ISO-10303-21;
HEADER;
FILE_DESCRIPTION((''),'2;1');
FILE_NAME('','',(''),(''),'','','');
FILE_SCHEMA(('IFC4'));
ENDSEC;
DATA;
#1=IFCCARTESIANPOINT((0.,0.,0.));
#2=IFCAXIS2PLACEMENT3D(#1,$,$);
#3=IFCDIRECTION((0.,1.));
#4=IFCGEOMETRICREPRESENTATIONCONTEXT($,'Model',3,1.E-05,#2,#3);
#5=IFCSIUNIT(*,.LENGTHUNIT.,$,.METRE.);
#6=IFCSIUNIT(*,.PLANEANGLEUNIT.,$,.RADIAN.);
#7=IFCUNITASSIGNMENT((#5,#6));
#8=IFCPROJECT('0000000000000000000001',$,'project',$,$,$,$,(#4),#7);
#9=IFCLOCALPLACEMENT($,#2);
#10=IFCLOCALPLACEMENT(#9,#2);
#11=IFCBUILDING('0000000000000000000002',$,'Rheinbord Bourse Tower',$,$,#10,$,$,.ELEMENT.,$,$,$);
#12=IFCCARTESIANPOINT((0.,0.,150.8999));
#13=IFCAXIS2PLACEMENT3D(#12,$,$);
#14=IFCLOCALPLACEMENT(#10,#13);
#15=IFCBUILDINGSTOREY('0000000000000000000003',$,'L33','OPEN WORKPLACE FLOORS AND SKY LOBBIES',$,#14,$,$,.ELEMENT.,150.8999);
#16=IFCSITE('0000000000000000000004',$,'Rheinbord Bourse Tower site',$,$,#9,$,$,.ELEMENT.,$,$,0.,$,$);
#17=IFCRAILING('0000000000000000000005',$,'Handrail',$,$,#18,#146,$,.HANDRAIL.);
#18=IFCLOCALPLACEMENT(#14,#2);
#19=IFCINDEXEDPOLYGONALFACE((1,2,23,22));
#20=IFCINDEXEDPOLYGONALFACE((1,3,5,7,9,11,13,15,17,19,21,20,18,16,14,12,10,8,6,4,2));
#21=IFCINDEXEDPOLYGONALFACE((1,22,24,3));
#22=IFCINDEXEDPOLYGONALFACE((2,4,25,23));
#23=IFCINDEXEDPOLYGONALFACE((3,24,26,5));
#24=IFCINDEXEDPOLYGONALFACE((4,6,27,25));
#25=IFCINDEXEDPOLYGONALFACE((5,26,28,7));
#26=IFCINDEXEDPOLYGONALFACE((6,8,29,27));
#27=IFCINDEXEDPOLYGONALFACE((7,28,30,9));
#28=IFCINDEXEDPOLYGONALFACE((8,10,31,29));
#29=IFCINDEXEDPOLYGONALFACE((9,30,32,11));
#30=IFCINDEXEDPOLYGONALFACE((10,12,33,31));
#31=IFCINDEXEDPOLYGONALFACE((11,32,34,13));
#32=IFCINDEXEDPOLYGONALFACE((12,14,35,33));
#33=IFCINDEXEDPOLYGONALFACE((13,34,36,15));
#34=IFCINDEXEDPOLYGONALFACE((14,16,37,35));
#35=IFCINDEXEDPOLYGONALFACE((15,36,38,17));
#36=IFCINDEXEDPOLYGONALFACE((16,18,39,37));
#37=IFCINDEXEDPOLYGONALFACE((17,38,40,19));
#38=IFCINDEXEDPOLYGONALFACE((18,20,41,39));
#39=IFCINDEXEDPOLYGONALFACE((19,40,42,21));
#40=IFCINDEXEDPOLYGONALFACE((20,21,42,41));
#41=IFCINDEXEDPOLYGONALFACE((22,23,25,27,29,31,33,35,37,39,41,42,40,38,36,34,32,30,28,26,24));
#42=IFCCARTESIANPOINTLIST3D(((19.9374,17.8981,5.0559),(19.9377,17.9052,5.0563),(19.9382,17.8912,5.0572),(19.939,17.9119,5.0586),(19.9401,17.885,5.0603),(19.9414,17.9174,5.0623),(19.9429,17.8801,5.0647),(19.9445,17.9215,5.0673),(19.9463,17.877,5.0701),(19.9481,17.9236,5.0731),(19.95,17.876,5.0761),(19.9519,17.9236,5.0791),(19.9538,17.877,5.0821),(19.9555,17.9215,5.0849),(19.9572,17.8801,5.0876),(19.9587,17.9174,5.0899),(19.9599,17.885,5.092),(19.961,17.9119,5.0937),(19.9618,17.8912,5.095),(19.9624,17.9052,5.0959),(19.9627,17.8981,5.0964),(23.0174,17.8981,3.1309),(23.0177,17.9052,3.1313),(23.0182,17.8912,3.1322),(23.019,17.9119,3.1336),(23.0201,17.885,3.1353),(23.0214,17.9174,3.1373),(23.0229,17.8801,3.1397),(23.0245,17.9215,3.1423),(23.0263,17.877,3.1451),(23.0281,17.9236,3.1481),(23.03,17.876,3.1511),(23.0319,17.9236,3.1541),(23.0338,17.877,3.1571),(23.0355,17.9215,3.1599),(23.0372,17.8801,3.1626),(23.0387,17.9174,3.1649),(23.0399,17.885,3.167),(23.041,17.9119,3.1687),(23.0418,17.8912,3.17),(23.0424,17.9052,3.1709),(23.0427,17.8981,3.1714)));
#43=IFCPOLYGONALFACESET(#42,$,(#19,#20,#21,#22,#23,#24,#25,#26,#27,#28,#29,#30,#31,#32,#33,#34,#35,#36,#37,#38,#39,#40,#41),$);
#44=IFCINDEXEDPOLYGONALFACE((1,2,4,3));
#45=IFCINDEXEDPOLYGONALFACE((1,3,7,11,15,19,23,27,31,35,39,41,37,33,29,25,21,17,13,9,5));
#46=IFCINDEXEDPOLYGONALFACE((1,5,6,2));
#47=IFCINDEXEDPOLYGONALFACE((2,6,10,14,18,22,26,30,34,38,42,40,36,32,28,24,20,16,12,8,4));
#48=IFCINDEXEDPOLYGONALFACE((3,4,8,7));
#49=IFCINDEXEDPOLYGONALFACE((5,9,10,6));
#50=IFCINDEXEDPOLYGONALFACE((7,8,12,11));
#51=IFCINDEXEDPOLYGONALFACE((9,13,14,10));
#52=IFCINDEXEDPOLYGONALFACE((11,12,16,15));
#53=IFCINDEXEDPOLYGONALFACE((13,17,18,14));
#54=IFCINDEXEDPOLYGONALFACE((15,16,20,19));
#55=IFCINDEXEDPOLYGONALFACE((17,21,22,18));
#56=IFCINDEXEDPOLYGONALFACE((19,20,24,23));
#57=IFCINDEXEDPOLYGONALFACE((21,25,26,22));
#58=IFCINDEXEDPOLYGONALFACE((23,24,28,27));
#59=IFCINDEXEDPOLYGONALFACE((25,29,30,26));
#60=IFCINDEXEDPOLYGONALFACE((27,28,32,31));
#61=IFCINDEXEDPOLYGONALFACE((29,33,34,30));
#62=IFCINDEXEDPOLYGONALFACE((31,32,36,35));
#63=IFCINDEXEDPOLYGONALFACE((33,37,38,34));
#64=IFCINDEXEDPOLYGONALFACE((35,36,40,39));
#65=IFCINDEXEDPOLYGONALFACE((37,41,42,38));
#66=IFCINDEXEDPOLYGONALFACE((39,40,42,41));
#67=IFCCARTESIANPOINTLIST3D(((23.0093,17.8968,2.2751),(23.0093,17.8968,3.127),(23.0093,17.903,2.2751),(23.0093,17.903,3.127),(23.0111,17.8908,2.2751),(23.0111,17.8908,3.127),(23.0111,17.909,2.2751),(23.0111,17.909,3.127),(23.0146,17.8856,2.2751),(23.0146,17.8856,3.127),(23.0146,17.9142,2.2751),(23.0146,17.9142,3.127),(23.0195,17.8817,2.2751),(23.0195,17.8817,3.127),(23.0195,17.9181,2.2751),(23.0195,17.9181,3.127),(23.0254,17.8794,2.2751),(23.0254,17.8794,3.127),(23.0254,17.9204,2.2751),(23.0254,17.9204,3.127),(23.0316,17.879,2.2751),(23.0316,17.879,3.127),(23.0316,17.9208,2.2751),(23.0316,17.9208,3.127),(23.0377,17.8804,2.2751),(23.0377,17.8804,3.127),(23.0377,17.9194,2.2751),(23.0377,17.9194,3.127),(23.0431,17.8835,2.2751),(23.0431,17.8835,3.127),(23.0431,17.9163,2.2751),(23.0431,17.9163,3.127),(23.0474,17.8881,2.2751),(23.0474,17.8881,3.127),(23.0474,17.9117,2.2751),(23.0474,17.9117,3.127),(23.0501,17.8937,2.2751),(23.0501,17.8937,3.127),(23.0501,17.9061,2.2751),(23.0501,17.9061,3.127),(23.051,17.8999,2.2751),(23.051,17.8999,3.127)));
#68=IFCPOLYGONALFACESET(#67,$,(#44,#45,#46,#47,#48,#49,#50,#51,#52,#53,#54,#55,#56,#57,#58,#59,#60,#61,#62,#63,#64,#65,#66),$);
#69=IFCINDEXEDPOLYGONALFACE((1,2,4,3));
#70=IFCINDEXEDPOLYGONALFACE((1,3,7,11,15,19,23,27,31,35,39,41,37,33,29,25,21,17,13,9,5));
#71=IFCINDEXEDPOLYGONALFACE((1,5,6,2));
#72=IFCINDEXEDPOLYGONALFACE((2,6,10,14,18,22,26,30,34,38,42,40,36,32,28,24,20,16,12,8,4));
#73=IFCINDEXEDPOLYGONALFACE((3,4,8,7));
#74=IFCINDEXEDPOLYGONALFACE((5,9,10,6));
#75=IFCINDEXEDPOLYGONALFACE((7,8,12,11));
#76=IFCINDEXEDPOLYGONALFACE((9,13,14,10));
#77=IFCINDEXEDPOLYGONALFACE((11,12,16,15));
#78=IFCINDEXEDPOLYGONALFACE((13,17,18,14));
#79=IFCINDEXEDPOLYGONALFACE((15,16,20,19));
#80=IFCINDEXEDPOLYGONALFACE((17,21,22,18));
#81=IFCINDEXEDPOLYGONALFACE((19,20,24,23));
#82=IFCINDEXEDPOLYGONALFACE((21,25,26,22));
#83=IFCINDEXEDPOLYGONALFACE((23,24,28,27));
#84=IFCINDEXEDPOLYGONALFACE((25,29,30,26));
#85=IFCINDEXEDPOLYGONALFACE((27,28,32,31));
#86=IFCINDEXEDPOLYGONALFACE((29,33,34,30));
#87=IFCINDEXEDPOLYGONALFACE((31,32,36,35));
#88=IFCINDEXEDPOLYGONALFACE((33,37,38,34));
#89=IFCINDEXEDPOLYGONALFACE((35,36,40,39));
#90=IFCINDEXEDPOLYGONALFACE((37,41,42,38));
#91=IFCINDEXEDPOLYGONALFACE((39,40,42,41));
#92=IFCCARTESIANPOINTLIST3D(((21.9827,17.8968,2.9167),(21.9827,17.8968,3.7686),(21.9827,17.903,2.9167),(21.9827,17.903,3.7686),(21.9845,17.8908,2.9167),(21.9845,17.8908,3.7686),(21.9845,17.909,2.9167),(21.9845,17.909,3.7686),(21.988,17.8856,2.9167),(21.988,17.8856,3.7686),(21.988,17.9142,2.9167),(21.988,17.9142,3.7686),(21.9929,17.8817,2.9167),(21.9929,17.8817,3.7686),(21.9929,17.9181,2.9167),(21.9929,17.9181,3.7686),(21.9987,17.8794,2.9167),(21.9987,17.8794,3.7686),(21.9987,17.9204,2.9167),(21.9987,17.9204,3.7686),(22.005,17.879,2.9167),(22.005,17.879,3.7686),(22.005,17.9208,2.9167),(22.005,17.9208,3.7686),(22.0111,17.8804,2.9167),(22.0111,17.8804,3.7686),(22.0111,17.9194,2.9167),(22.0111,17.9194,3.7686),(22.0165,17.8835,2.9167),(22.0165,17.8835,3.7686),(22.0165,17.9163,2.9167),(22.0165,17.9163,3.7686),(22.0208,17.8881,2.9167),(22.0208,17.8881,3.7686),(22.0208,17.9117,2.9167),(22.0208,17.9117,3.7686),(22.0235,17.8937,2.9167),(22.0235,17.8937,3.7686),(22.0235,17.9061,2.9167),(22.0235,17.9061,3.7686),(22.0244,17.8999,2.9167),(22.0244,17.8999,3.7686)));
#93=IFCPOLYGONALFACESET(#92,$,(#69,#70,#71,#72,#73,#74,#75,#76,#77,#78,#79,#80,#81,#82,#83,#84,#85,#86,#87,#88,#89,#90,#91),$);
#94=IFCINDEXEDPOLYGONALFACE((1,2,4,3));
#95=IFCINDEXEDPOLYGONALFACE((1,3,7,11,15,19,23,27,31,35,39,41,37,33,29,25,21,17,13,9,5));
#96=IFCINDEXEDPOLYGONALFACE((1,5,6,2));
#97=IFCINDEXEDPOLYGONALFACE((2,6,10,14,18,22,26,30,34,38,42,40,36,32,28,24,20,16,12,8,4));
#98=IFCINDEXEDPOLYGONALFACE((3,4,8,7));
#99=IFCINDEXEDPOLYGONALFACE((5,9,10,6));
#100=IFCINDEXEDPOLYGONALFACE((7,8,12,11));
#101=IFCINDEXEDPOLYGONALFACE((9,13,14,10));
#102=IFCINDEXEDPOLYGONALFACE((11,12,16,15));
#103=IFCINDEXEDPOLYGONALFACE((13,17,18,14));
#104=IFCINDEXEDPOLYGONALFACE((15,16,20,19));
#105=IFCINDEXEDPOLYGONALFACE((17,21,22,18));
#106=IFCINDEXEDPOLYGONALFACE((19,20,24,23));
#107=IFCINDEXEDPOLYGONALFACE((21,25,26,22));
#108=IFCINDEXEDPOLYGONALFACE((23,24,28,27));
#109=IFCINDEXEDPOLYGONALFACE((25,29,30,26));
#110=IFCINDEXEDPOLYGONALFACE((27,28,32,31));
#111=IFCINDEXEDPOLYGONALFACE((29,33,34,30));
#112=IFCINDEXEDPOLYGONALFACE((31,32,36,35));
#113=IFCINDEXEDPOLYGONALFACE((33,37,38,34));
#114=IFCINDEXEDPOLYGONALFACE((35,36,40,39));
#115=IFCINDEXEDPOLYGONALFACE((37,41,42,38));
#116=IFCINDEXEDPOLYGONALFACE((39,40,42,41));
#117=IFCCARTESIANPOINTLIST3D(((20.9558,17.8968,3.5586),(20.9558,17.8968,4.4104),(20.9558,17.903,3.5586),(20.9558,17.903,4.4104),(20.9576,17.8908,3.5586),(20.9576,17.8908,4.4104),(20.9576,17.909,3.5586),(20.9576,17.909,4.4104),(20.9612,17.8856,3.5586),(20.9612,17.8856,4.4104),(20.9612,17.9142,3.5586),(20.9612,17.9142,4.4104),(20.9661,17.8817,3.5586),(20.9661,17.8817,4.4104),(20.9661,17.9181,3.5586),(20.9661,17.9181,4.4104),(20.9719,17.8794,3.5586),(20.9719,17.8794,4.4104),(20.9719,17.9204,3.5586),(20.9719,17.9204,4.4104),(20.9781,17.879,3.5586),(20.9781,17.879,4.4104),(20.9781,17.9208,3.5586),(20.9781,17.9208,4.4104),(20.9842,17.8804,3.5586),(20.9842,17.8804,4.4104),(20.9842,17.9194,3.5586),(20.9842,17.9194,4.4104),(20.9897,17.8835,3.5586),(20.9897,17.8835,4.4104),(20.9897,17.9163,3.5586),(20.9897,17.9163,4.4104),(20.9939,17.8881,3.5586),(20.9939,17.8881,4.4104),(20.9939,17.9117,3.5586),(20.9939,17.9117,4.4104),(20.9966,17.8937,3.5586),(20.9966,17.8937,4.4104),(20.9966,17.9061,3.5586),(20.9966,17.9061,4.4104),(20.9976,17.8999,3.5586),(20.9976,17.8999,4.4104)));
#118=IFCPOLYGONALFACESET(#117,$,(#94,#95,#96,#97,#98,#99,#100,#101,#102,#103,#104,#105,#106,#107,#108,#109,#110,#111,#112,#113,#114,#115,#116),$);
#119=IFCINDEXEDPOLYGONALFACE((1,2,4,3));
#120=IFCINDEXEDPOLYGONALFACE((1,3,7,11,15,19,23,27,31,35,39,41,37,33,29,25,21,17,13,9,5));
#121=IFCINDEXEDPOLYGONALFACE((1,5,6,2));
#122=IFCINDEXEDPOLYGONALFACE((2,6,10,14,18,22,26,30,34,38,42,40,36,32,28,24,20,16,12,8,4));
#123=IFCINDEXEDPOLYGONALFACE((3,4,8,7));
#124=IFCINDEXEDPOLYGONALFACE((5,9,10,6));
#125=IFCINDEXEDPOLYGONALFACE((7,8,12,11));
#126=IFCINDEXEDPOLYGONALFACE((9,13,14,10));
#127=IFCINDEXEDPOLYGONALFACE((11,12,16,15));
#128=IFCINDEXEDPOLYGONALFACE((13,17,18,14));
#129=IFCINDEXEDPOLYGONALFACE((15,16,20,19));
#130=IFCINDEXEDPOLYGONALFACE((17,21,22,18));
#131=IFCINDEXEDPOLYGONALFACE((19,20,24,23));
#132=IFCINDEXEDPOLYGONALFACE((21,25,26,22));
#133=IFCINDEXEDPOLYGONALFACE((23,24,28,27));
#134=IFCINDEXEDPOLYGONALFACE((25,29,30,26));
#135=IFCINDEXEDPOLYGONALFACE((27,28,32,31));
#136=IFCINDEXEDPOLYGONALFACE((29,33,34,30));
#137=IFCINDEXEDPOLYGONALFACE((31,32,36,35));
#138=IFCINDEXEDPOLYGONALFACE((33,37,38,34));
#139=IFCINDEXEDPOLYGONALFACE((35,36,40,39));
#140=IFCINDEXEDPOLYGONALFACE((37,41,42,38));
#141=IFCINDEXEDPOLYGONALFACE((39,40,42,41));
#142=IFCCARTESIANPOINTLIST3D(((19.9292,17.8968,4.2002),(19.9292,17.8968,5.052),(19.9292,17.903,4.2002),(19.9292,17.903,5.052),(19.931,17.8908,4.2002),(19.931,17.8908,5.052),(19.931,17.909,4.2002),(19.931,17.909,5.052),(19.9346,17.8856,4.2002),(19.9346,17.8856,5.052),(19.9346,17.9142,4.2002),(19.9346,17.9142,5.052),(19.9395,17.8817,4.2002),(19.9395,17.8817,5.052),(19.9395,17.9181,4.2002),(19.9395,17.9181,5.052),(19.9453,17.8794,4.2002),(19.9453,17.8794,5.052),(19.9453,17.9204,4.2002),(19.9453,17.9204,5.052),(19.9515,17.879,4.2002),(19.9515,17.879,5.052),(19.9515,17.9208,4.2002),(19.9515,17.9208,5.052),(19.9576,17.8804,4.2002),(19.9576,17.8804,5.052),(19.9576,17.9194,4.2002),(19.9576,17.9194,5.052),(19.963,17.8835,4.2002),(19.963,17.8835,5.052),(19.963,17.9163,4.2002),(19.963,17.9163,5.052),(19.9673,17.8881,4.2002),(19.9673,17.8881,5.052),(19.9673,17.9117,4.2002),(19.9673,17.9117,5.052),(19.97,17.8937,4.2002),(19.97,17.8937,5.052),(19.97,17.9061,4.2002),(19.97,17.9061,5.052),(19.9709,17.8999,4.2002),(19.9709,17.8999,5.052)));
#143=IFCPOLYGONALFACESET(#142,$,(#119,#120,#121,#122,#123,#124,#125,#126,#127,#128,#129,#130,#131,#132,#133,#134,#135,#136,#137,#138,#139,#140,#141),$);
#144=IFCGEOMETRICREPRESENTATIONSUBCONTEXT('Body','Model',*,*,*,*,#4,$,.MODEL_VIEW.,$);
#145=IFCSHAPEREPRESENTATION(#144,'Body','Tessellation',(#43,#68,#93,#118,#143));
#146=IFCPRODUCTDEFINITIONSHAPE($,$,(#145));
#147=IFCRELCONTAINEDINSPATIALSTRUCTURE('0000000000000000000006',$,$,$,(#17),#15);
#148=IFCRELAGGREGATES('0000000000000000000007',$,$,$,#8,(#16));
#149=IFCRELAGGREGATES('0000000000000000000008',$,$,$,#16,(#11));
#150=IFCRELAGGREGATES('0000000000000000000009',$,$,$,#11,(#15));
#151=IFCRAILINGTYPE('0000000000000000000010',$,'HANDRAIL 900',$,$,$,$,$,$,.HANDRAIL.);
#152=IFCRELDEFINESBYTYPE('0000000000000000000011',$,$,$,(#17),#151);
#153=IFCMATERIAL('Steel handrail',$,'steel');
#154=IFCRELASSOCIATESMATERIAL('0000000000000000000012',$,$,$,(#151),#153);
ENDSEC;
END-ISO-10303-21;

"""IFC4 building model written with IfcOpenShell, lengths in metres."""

from ifc_helpers import new_model, si_unit, direction, frame, origin, origin_2d, place, context, subcontext, project, spatial, circle, extrude, material, type_object, element, save


model = new_model("IFC4")

# Units and contexts
model_context = context("Model", 3, precision=1e-05, world=origin(), true_north=direction((0.0, 1.0)))
body_context = subcontext(model_context, "Body", "Model", "MODEL_VIEW")
ifc_project = project(units=[si_unit("LENGTHUNIT", "METRE"), si_unit("PLANEANGLEUNIT", "RADIAN")], contexts=[model_context])

# Site, building, storey
site_placement = place(None, origin())
site = spatial("IfcSite", under=ifc_project, at=site_placement, Name="Rheinbord Bourse Tower site", CompositionType="ELEMENT", RefElevation=0.0)
building_placement = place(site_placement, origin())
building = spatial("IfcBuilding", under=site, at=building_placement, Name="Rheinbord Bourse Tower", CompositionType="ELEMENT")
storey_placement = place(building_placement, frame((0.0, 0.0, 150.8999)))
storey = spatial("IfcBuildingStorey", under=building, at=storey_placement, Name="L33", Description="OPEN WORKPLACE FLOORS AND SKY LOBBIES", CompositionType="ELEMENT", Elevation=150.8999)

# Railing
ifc_material_1 = material(Name="Steel handrail", Category="steel")
railing_type = type_object("IfcRailingType", Name="HANDRAIL 900", PredefinedType="HANDRAIL", material=ifc_material_1)
railing_1_placement = place(storey_placement, frame((23.03, 17.8999, 2.2751)))
element("IfcRailing", 1, at=railing_1_placement, inside=storey, type_object=railing_type, Name="Handrail", PredefinedType="HANDRAIL", context=body_context, shape_type="SweptSolid", body=[
    extrude(circle(Radius=0.0239, at=origin_2d()), frame((0.0, 0.0, 0.876), z_axis=(-0.847998, 0.0, 0.529999), x_axis=(0.0, -1.0, 0.0)), (0.0, 0.0, 1.0), 3.6321),
    extrude(circle(Radius=0.021, at=origin_2d()), origin(), (0.0, 0.0, 1.0), 0.8518),
    extrude(circle(Radius=0.021, at=origin_2d()), frame((-1.0266, 0.0, 0.6416)), (0.0, 0.0, 1.0), 0.8518),
    extrude(circle(Radius=0.021, at=origin_2d()), frame((-2.0535, 0.0, 1.2834)), (0.0, 0.0, 1.0), 0.8518),
    extrude(circle(Radius=0.021, at=origin_2d()), frame((-3.0801, 0.0, 1.925)), (0.0, 0.0, 1.0), 0.8518),
])

save(model, "model.ifc")
